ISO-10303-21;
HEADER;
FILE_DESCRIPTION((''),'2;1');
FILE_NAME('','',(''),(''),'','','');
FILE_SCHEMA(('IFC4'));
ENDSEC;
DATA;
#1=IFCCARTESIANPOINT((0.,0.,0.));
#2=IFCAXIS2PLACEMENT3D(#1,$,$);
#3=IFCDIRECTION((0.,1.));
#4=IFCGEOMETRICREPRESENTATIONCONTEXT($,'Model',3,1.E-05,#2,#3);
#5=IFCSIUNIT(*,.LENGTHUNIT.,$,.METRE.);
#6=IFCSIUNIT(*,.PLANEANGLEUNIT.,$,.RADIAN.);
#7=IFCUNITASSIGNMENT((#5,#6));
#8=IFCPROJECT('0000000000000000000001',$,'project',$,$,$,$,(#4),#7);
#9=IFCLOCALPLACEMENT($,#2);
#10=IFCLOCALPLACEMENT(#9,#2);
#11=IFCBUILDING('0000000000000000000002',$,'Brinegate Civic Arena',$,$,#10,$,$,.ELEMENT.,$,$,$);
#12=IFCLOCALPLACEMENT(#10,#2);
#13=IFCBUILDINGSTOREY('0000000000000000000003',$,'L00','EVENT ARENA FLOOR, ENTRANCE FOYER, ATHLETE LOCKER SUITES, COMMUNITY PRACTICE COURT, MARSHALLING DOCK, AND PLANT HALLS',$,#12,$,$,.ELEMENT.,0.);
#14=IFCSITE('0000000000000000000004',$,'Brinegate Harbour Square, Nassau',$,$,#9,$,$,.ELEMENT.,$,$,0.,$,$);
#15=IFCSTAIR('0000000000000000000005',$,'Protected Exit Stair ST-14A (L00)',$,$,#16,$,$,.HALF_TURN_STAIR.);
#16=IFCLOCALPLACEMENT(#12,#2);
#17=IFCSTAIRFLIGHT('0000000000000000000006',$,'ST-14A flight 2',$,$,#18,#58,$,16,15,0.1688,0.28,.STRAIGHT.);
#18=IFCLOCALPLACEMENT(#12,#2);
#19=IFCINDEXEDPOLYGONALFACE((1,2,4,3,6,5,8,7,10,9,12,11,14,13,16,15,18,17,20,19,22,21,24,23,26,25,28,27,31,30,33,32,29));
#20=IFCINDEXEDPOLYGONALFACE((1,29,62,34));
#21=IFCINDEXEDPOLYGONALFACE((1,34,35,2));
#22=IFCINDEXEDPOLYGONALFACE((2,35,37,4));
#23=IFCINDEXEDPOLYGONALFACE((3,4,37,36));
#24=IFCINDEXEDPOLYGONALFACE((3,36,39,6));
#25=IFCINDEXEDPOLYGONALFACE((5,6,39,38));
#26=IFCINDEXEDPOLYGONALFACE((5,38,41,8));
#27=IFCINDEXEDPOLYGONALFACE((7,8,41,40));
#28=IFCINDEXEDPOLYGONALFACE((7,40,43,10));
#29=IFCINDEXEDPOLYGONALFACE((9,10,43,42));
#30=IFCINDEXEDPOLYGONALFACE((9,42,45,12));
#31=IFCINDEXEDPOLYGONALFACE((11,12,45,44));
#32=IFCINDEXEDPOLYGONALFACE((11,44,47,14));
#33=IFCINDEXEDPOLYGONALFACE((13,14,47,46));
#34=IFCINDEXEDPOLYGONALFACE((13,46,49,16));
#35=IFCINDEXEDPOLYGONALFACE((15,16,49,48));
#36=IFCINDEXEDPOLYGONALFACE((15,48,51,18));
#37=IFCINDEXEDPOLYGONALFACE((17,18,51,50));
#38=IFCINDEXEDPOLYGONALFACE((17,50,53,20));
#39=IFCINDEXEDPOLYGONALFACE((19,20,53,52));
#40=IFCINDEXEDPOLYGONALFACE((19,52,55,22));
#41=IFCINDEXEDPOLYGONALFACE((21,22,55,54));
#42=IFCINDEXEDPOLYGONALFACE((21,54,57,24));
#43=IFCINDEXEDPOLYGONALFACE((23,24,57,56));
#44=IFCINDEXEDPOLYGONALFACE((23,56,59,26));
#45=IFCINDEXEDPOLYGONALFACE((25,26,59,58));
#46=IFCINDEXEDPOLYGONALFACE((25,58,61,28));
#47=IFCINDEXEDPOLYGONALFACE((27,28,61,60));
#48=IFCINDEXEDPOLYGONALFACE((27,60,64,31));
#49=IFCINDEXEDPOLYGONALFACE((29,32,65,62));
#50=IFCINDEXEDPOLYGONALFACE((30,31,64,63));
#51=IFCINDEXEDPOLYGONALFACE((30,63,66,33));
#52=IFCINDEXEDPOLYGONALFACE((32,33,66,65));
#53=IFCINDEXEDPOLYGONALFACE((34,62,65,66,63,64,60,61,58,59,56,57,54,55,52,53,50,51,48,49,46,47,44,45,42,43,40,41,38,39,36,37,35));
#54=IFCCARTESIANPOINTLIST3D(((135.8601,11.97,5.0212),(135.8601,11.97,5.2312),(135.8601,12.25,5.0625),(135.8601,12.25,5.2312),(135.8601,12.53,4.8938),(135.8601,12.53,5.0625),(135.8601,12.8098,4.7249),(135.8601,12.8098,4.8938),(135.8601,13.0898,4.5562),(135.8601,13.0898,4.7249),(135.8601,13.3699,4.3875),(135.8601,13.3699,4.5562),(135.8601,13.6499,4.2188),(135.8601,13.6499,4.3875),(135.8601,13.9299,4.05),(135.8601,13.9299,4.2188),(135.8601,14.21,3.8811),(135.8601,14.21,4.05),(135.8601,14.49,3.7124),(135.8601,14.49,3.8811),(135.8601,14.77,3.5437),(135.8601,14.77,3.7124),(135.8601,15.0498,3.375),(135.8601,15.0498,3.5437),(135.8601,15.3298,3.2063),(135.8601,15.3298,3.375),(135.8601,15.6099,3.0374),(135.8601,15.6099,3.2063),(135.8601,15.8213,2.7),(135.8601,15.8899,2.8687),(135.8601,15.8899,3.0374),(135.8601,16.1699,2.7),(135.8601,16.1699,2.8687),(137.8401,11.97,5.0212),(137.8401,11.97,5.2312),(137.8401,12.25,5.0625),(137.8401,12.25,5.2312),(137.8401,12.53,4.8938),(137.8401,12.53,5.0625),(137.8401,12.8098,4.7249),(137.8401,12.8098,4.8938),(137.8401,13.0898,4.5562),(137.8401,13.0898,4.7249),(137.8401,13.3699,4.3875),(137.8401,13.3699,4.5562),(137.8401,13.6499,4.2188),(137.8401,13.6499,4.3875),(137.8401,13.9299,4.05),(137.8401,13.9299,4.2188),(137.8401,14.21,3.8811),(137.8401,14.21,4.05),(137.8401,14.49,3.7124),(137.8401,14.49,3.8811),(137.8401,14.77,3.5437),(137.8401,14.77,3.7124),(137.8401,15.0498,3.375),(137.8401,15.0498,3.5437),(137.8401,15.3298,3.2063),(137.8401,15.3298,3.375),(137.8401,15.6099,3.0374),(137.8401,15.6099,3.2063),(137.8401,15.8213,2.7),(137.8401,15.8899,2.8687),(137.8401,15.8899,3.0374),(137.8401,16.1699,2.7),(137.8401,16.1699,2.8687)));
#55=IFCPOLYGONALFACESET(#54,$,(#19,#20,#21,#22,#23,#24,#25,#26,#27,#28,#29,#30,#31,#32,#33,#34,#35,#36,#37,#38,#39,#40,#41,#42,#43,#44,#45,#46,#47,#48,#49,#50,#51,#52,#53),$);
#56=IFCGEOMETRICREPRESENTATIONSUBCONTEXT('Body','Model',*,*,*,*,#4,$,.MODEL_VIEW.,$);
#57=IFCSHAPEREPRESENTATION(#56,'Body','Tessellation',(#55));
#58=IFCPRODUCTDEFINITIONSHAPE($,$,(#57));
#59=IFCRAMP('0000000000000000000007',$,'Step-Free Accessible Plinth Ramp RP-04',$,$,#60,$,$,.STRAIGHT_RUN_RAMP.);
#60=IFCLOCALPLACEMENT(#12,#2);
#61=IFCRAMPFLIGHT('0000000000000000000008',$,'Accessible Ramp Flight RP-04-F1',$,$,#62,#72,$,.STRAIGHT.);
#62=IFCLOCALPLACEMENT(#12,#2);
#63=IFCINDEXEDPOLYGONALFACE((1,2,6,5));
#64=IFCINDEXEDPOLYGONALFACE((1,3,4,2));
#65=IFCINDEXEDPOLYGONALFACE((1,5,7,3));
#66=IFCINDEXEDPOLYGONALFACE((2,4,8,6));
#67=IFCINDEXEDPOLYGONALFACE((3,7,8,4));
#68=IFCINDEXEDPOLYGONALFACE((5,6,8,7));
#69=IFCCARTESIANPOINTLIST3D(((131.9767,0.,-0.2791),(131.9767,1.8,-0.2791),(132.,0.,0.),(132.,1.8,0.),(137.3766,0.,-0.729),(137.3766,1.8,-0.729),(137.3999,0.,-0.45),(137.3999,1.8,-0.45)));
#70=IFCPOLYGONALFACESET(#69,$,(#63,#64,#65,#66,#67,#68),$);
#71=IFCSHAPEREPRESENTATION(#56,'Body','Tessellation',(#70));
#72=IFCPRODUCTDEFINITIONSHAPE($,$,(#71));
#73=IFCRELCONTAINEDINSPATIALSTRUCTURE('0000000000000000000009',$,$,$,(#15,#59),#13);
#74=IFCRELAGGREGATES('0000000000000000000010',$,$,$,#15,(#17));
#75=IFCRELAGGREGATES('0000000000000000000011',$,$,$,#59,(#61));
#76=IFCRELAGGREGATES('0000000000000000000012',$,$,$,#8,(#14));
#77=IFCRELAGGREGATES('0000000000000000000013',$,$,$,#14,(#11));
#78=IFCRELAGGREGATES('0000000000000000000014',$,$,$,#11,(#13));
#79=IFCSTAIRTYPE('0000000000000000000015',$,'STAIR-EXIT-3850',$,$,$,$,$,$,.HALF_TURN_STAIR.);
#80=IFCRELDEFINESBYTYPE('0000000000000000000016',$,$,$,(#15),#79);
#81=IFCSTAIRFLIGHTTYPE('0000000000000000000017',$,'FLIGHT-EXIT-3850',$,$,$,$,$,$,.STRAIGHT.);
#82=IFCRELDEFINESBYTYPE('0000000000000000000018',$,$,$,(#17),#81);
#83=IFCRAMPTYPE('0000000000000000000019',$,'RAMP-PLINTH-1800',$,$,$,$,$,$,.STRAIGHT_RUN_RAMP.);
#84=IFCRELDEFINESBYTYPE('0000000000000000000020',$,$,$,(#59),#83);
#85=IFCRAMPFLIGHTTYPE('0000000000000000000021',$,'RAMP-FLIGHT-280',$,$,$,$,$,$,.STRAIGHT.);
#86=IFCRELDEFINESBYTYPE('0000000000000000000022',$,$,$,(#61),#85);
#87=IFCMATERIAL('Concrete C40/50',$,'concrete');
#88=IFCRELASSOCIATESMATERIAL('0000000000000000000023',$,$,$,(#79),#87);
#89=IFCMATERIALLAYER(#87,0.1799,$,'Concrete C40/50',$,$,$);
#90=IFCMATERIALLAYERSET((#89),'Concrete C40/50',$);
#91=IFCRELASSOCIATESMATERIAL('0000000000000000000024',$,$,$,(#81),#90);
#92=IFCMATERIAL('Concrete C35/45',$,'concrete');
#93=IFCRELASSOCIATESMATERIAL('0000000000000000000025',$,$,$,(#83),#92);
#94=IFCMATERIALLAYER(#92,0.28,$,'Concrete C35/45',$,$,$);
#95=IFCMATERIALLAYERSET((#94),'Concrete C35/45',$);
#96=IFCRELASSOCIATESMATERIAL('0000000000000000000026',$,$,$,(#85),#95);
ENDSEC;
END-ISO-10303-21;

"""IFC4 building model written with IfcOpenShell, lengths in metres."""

from ifc_helpers import new_model, si_unit, direction, frame, origin, place, context, subcontext, project, spatial, polyline, outline, extrude, material, layer, layer_set, type_object, element, aggregate, save


model = new_model("IFC4")

# Units and contexts
model_context = context("Model", 3, precision=1e-05, world=origin(), true_north=direction((0.0, 1.0)))
body_context = subcontext(model_context, "Body", "Model", "MODEL_VIEW")
ifc_project = project(units=[si_unit("LENGTHUNIT", "METRE"), si_unit("PLANEANGLEUNIT", "RADIAN")], contexts=[model_context])

# Site, building, storey
site_placement = place(None, origin())
site = spatial("IfcSite", under=ifc_project, at=site_placement, Name="Brinegate Harbour Square, Nassau", CompositionType="ELEMENT", RefElevation=0.0)
building_placement = place(site_placement, origin())
building = spatial("IfcBuilding", under=site, at=building_placement, Name="Brinegate Civic Arena", CompositionType="ELEMENT")
storey_placement = place(building_placement, origin())
storey = spatial("IfcBuildingStorey", under=building, at=storey_placement, Name="L00", Description="EVENT ARENA FLOOR, ENTRANCE FOYER, ATHLETE LOCKER SUITES, COMMUNITY PRACTICE COURT, MARSHALLING DOCK, AND PLANT HALLS", CompositionType="ELEMENT", Elevation=0.0)

# Shared definitions
ifc_material_1 = material(Name="Concrete C40/50", Category="concrete")

# Stair, stair flight
stair_type_1 = type_object("IfcStairType", Name="STAIR-EXIT-3850", PredefinedType="HALF_TURN_STAIR", material=ifc_material_1)
stair_1_placement = place(storey_placement, origin())
stair_1 = element("IfcStair", 1, at=stair_1_placement, inside=storey, type_object=stair_type_1, Name="Protected Exit Stair ST-14A (L00)", PredefinedType="HALF_TURN_STAIR")
ifc_layer_1 = layer(ifc_material_1, 0.1799, Name="Concrete C40/50")
ifc_layer_set_1 = layer_set([ifc_layer_1], Name="Concrete C40/50")
stair_flight_type_1 = type_object("IfcStairFlightType", Name="FLIGHT-EXIT-3850", PredefinedType="STRAIGHT", material=ifc_layer_set_1)
stair_flight_1_placement = place(storey_placement, frame((136.8501, 16.1699, 2.7), z_axis=(0.0, 0.0, 1.0), x_axis=(0.0, -1.0, 0.0)))
stair_flight_1 = element("IfcStairFlight", 2, at=stair_flight_1_placement, type_object=stair_flight_type_1, Name="ST-14A flight 2", NumberOfRisers=16, NumberOfTreads=15, PredefinedType="STRAIGHT", RiserHeight=0.1688, TreadLength=0.28, context=body_context, shape_type="SweptSolid", body=[
    extrude(outline(polyline([(0.0, 0.0), (0.0, 0.1687), (0.28, 0.1687), (0.28, 0.3374), (0.5601, 0.3374), (0.5601, 0.5063), (0.8401, 0.5063), (0.8401, 0.675), (1.1201, 0.675), (1.1201, 0.8438), (1.3999, 0.8438), (1.3999, 1.0125), (1.6799, 1.0125), (1.6799, 1.1812), (1.96, 1.1812), (1.96, 1.3501), (2.24, 1.3501), (2.24, 1.5188), (2.52, 1.5188), (2.52, 1.6875), (2.8, 1.6875), (2.8, 1.8562), (3.0801, 1.8562), (3.0801, 2.0249), (3.3601, 2.0249), (3.3601, 2.1938), (3.6399, 2.1938), (3.6399, 2.3625), (3.9199, 2.3625), (3.9199, 2.5312), (4.2, 2.5312), (4.2, 2.7), (4.2, 2.3213), (0.3486, 0.0), (0.0, 0.0)])), frame((0.0, 0.99, 0.0), z_axis=(0.0, -1.0, 0.0), x_axis=(1.0, 0.0, 0.0)), (0.0, 0.0, 1.0), 1.98),
])
aggregate(stair_1, [stair_flight_1])

# Ramp, ramp flight
ifc_material_2 = material(Name="Concrete C35/45", Category="concrete")
ramp_type = type_object("IfcRampType", Name="RAMP-PLINTH-1800", PredefinedType="STRAIGHT_RUN_RAMP", material=ifc_material_2)
ramp_placement = place(storey_placement, origin())
ramp = element("IfcRamp", 3, at=ramp_placement, inside=storey, type_object=ramp_type, Name="Step-Free Accessible Plinth Ramp RP-04", PredefinedType="STRAIGHT_RUN_RAMP")
ifc_layer_2 = layer(ifc_material_2, 0.28, Name="Concrete C35/45")
ifc_layer_set_2 = layer_set([ifc_layer_2], Name="Concrete C35/45")
ramp_flight_type = type_object("IfcRampFlightType", Name="RAMP-FLIGHT-280", PredefinedType="STRAIGHT", material=ifc_layer_set_2)
ramp_flight_placement = place(storey_placement, frame((137.3999, 1.8, -0.45), z_axis=(0.083038, 0.0, 0.996546), x_axis=(-0.996546, 0.0, 0.083038)))
ramp_flight = element("IfcRampFlight", 4, at=ramp_flight_placement, type_object=ramp_flight_type, Name="Accessible Ramp Flight RP-04-F1", PredefinedType="STRAIGHT", context=body_context, shape_type="SweptSolid", body=[
    extrude(outline(polyline([(0.0, 0.0), (5.4186, 0.0), (5.4186, 1.8), (0.0, 1.8), (0.0, 0.0)])), origin(), (0.0, 0.0, -1.0), 0.28),
])
aggregate(ramp, [ramp_flight])

save(model, "model.ifc")
